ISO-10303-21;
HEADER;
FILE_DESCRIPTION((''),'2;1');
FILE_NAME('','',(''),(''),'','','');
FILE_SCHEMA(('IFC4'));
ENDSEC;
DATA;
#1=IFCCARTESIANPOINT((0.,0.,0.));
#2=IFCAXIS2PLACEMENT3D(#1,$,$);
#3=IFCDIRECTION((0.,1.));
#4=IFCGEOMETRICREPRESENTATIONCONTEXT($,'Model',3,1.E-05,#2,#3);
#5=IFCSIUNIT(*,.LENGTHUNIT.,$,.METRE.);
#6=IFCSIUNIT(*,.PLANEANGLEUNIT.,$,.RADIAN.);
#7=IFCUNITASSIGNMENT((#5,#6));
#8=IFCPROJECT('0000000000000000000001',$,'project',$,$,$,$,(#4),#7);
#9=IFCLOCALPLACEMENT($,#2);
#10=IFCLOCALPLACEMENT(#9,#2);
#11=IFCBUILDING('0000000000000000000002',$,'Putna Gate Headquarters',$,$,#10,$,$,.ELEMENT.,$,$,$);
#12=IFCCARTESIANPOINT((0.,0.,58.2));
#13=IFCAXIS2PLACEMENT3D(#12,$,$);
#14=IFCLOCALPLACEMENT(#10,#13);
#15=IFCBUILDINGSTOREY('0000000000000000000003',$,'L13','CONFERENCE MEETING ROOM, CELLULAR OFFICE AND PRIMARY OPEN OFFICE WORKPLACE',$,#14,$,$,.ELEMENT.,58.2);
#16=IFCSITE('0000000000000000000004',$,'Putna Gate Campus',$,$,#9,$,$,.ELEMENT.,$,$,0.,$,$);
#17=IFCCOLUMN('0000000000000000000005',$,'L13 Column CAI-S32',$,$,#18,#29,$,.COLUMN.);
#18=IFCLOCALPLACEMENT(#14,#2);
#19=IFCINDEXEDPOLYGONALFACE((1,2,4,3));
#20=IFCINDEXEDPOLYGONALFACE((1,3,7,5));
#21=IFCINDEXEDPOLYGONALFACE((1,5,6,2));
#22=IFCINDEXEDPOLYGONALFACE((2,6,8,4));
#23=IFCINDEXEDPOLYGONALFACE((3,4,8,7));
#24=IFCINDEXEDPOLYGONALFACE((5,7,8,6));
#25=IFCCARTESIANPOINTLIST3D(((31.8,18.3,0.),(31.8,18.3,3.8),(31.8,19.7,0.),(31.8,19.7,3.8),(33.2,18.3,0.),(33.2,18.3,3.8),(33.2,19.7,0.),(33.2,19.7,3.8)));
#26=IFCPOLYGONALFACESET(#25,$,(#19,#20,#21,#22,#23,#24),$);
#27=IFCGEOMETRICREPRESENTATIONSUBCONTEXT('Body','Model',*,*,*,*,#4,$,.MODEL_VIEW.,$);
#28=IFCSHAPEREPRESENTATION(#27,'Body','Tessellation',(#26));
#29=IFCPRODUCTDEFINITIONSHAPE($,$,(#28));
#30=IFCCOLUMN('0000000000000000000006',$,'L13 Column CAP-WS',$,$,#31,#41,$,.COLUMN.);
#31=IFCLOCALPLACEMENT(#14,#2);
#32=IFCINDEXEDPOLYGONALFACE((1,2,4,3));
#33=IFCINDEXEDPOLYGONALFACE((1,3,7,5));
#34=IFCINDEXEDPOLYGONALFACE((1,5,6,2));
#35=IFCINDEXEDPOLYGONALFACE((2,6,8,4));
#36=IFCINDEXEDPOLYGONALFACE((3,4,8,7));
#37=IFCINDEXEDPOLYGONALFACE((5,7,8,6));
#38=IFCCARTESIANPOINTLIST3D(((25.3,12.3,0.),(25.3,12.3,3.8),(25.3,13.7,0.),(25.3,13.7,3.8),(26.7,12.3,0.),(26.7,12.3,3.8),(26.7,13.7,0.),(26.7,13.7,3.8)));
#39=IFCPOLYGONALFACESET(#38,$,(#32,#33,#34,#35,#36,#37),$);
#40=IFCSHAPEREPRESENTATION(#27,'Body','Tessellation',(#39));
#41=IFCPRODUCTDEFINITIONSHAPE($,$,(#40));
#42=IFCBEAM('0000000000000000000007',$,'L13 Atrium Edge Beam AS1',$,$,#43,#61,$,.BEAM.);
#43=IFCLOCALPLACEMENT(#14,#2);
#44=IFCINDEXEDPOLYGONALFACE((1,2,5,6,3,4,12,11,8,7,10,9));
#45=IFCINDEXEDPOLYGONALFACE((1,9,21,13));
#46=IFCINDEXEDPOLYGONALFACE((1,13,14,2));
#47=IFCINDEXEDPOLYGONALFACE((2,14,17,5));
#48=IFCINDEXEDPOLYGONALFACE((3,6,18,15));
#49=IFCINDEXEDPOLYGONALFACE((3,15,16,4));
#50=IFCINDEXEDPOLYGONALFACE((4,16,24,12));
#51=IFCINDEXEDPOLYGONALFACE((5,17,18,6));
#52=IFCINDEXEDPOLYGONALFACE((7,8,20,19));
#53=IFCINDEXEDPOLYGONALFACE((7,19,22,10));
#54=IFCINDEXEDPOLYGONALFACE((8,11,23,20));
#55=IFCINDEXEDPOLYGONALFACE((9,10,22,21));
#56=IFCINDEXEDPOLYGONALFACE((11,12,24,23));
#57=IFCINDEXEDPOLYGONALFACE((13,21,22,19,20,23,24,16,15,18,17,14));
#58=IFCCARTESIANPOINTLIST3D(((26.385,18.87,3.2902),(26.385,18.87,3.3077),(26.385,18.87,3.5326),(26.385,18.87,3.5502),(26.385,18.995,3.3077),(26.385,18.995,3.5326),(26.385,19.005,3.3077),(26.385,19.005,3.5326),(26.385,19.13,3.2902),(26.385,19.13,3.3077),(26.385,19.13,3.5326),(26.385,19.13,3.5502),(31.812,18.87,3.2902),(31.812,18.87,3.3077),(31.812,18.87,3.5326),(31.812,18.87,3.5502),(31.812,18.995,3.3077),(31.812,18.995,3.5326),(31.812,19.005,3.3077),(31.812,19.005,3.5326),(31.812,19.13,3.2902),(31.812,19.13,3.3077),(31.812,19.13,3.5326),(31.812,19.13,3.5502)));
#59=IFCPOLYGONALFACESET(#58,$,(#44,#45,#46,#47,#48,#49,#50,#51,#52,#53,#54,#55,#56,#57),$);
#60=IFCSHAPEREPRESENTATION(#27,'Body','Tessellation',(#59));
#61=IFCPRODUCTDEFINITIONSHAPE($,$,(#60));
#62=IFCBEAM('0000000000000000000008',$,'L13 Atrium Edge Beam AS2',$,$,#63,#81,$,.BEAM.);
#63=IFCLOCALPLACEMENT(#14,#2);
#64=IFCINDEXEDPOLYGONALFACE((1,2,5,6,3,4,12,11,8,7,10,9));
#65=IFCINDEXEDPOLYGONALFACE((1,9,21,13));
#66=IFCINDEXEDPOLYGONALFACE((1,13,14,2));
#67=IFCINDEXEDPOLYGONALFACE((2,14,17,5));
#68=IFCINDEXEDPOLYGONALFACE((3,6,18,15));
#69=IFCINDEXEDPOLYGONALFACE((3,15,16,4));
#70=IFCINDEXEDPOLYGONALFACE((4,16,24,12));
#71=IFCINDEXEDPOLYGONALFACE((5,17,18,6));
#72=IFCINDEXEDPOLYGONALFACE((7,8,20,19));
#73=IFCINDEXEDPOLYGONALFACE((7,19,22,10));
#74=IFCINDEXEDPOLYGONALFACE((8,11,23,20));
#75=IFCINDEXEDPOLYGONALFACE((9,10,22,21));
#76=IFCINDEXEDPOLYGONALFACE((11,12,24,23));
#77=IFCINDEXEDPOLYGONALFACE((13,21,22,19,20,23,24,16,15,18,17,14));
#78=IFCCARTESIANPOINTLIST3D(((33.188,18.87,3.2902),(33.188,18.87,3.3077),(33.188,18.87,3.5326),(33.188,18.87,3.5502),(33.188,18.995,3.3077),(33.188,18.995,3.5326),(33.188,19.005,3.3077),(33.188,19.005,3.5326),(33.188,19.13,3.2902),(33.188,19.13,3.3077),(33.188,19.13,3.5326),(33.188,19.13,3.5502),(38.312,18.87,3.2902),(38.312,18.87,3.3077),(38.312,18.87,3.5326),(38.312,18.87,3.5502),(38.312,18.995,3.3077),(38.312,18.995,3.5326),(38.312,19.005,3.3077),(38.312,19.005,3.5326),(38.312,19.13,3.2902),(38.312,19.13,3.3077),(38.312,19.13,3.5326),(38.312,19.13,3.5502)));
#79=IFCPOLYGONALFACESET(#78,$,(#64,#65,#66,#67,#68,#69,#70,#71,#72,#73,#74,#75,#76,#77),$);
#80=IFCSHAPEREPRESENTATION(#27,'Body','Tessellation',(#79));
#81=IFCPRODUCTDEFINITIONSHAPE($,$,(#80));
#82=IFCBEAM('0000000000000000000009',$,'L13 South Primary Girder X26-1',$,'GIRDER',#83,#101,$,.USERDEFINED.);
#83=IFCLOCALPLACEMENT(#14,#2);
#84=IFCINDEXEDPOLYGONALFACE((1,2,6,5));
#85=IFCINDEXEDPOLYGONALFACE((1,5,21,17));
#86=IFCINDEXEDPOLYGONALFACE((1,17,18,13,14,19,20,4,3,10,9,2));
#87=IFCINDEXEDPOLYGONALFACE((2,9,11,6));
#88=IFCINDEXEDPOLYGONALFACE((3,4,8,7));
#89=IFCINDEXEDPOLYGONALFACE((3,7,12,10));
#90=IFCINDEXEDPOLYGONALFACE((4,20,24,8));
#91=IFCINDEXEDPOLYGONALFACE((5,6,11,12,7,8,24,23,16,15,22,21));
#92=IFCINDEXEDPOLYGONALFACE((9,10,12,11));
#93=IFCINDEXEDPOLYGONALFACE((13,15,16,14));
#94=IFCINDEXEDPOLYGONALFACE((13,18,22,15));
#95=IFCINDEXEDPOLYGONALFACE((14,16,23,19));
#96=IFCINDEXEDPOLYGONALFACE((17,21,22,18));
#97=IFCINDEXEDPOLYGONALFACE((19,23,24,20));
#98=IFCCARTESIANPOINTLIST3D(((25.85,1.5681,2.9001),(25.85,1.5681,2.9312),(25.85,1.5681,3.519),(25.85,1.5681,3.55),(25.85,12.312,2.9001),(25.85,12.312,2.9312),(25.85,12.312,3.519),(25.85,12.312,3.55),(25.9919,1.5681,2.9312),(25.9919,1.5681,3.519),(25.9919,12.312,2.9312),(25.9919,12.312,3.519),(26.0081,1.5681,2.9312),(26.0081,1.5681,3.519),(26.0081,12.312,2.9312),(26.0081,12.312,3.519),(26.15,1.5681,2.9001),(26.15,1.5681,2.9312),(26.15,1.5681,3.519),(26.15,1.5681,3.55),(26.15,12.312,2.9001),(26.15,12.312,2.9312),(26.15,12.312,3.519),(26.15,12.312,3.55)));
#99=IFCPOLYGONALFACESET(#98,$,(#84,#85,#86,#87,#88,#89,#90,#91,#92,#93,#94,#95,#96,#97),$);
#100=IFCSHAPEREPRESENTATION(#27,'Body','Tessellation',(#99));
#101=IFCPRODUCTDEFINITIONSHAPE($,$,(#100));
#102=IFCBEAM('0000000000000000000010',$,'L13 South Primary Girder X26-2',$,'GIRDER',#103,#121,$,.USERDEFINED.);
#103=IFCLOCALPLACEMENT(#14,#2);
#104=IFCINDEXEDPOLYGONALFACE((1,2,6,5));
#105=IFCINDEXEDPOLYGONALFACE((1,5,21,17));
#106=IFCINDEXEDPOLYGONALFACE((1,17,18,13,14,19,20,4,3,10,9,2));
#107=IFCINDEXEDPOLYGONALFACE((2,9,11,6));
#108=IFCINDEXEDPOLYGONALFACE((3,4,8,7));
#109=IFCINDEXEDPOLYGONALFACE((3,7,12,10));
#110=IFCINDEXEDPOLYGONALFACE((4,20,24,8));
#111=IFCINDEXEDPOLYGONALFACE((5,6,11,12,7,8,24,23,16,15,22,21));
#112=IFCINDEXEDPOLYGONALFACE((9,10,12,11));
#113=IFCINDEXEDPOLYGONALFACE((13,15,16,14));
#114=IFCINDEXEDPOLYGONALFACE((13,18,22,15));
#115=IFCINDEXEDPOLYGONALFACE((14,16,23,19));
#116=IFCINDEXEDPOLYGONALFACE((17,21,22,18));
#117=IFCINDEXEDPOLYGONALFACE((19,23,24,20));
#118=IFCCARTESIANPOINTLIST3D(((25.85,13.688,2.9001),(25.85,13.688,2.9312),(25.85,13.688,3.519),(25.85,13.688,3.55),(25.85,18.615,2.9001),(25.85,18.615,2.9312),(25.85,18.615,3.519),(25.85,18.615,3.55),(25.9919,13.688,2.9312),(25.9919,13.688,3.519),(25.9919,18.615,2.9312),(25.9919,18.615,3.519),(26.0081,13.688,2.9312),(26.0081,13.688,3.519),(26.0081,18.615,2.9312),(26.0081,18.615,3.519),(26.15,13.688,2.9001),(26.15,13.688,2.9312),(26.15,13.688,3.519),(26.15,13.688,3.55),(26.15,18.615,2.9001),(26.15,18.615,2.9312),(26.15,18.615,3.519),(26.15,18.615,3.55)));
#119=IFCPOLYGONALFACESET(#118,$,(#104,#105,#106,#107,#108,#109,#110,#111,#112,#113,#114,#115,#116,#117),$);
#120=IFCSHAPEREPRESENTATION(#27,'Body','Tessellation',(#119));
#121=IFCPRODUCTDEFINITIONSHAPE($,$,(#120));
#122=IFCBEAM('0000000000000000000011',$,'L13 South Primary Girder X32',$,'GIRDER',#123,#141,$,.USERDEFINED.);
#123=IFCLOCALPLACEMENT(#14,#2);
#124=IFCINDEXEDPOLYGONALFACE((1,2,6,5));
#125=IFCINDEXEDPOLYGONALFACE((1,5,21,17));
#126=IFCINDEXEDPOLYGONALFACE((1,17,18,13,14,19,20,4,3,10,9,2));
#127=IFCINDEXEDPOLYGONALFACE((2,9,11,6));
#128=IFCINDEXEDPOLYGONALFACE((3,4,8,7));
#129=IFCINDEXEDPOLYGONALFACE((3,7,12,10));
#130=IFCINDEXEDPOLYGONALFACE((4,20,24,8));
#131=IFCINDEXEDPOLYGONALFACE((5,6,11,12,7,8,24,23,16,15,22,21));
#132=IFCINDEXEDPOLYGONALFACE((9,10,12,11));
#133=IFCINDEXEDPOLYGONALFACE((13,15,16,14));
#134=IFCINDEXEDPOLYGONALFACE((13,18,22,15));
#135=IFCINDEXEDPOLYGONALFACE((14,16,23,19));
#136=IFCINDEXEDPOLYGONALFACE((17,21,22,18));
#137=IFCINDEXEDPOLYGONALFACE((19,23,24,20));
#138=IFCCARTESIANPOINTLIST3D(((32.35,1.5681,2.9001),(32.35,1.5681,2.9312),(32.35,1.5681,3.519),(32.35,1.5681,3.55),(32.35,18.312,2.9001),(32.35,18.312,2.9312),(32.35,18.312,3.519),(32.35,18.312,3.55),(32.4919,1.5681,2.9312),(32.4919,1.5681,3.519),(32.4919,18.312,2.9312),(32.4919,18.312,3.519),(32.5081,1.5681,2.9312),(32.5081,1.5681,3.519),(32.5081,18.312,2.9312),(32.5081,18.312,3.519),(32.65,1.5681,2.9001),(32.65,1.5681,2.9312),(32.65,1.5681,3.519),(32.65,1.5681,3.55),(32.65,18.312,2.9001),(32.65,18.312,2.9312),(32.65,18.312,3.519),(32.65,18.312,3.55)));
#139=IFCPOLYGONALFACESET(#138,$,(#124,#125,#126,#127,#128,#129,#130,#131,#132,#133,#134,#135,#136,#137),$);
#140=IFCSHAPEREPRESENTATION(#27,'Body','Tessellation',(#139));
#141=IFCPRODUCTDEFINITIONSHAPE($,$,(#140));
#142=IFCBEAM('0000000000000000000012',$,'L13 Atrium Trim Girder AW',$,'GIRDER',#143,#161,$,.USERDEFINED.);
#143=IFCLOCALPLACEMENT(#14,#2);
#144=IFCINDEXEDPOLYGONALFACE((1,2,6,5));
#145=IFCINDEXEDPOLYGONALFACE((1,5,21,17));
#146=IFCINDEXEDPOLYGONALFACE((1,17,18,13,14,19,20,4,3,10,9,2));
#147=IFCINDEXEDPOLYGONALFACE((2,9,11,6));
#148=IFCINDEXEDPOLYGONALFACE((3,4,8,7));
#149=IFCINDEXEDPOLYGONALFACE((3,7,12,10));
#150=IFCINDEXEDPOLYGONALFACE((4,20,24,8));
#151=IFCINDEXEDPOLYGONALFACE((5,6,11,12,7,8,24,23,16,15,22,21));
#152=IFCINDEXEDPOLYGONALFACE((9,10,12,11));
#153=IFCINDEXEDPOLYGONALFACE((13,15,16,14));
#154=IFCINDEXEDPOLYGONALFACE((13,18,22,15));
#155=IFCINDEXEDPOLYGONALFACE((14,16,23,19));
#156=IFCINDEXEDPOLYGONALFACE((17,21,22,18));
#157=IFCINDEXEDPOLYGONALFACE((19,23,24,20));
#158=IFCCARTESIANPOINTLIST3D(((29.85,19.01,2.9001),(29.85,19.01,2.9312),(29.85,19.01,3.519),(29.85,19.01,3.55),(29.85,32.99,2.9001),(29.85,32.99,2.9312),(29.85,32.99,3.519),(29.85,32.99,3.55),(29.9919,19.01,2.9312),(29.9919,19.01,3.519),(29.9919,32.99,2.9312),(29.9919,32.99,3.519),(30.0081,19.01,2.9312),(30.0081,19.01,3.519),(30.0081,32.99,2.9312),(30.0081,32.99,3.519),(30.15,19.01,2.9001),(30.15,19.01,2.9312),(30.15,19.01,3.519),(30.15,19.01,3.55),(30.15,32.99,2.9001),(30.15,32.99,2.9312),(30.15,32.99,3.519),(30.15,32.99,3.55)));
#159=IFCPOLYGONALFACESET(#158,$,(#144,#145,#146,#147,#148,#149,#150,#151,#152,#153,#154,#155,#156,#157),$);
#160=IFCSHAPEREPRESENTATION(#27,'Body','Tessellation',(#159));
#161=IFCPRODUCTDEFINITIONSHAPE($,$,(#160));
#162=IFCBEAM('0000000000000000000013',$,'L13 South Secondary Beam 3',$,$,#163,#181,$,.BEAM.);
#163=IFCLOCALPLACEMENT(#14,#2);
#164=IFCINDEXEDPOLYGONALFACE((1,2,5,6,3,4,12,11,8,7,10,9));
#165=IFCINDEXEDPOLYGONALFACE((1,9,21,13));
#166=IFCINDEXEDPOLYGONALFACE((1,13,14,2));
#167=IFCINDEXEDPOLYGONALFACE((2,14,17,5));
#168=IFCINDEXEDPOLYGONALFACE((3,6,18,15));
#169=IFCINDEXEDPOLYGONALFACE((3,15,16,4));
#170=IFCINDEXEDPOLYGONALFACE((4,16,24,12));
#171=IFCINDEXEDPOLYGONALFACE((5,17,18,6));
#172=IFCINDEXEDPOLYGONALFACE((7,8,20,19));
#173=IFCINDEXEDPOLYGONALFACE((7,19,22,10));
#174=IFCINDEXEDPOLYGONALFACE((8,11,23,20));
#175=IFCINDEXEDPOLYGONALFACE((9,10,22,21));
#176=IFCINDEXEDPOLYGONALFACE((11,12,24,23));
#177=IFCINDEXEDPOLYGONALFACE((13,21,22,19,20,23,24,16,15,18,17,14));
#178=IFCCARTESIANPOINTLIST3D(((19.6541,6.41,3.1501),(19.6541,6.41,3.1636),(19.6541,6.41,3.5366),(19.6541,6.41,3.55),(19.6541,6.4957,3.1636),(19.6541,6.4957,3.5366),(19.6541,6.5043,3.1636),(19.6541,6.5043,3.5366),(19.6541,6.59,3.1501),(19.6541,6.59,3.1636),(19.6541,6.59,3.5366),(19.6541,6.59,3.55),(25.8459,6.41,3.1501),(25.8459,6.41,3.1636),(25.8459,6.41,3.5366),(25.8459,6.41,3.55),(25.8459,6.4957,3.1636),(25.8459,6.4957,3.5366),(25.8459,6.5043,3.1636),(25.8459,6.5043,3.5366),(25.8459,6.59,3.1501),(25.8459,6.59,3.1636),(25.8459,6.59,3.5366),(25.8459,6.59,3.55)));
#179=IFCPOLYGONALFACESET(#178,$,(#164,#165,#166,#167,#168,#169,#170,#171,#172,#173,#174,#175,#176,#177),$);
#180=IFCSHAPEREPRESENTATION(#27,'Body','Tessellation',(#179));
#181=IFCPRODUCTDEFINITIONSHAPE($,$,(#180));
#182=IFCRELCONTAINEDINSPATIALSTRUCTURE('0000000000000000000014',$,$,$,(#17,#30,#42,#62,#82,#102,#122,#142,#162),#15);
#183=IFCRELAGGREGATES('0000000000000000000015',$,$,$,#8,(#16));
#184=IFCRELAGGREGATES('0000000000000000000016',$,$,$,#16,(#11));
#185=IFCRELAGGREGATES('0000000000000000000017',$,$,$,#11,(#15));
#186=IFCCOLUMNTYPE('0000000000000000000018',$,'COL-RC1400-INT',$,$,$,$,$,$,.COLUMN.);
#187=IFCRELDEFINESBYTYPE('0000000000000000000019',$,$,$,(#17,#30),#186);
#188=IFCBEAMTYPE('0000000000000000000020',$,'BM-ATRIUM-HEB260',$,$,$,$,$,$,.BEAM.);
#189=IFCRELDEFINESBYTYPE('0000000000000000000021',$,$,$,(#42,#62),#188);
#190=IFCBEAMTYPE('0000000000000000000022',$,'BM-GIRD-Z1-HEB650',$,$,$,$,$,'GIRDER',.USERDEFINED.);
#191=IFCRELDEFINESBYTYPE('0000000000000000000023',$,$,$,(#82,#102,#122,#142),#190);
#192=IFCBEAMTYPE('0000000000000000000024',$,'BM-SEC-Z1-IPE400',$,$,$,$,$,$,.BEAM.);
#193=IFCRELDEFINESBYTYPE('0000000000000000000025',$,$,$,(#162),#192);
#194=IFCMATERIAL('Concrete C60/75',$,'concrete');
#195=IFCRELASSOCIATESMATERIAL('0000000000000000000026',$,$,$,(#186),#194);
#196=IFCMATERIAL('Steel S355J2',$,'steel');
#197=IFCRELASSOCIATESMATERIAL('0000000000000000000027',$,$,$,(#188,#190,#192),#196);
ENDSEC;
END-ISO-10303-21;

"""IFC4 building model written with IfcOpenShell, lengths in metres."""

from ifc_helpers import new_model, si_unit, direction, frame, origin, origin_2d, place, context, subcontext, project, spatial, rectangle, i_section, extrude, material, material_profile, profile_set, type_object, element, save


model = new_model("IFC4")

# Units and contexts
model_context = context("Model", 3, precision=1e-05, world=origin(), true_north=direction((0.0, 1.0)))
body_context = subcontext(model_context, "Body", "Model", "MODEL_VIEW")
ifc_project = project(units=[si_unit("LENGTHUNIT", "METRE"), si_unit("PLANEANGLEUNIT", "RADIAN")], contexts=[model_context])

# Site, building, storey
site_placement = place(None, origin())
site = spatial("IfcSite", under=ifc_project, at=site_placement, Name="Putna Gate Campus", CompositionType="ELEMENT", RefElevation=0.0)
building_placement = place(site_placement, origin())
building = spatial("IfcBuilding", under=site, at=building_placement, Name="Putna Gate Headquarters", CompositionType="ELEMENT")
storey_placement = place(building_placement, frame((0.0, 0.0, 58.2)))
storey = spatial("IfcBuildingStorey", under=building, at=storey_placement, Name="L13", Description="CONFERENCE MEETING ROOM, CELLULAR OFFICE AND PRIMARY OPEN OFFICE WORKPLACE", CompositionType="ELEMENT", Elevation=58.2)

# Columns
ifc_material_1 = material(Name="Concrete C60/75", Category="concrete")
ifc_material_profile_1 = material_profile(ifc_material_1, rectangle(XDim=1.3999, YDim=1.3999, at=origin_2d()), Name="Concrete C60/75")
ifc_profile_set_1 = profile_set([ifc_material_profile_1], Name="Concrete C60/75")
column_type = type_object("IfcColumnType", Name="COL-RC1400-INT", PredefinedType="COLUMN", material=ifc_profile_set_1)
for number, where, z_axis, x_axis, name in (
    (1, (32.5, 19.0, 0.0), (0.0, 0.0, 1.0), (1.0, 0.0, 0.0), "L13 Column CAI-S32"),
    (2, (26.0, 13.0, 0.0), (0.0, 0.0, 1.0), (1.0, 0.0, 0.0), "L13 Column CAP-WS"),
):
    element("IfcColumn", number, at=place(storey_placement, frame(where, z_axis=z_axis, x_axis=x_axis)), inside=storey, type_object=column_type, Name=name, PredefinedType="COLUMN", context=body_context, shape_type="SweptSolid", body=[
        extrude(rectangle(XDim=1.3999, YDim=1.3999, at=origin_2d()), origin(), (0.0, 0.0, 1.0), 3.8),
    ])

# Beams
ifc_material_2 = material(Name="Steel S355J2", Category="steel")
ifc_material_profile_2 = material_profile(ifc_material_2, i_section(OverallWidth=0.26, OverallDepth=0.26, WebThickness=0.01, FlangeThickness=0.0176, at=origin_2d()), Name="Steel S355J2")
ifc_profile_set_2 = profile_set([ifc_material_profile_2], Name="Steel S355J2")
beam_type_1 = type_object("IfcBeamType", Name="BM-ATRIUM-HEB260", PredefinedType="BEAM", material=ifc_profile_set_2)
beam_1_placement = place(storey_placement, frame((26.385, 19.0, 3.4202), z_axis=(1.0, 0.0, 0.0), x_axis=(0.0, 1.0, 0.0)))
element("IfcBeam", 3, at=beam_1_placement, inside=storey, type_object=beam_type_1, Name="L13 Atrium Edge Beam AS1", PredefinedType="BEAM", context=body_context, shape_type="SweptSolid", body=[
    extrude(i_section(OverallWidth=0.26, OverallDepth=0.26, WebThickness=0.01, FlangeThickness=0.0176, at=origin_2d()), origin(), (0.0, 0.0, 1.0), 5.427),
])
beam_2_placement = place(storey_placement, frame((33.188, 19.0, 3.4202), z_axis=(1.0, 0.0, 0.0), x_axis=(0.0, 1.0, 0.0)))
element("IfcBeam", 4, at=beam_2_placement, inside=storey, type_object=beam_type_1, Name="L13 Atrium Edge Beam AS2", PredefinedType="BEAM", context=body_context, shape_type="SweptSolid", body=[
    extrude(i_section(OverallWidth=0.26, OverallDepth=0.26, WebThickness=0.01, FlangeThickness=0.0176, at=origin_2d()), origin(), (0.0, 0.0, 1.0), 5.124),
])
ifc_material_profile_3 = material_profile(ifc_material_2, i_section(OverallWidth=0.3, OverallDepth=0.6499, WebThickness=0.0161, FlangeThickness=0.031, at=origin_2d()), Name="Steel S355J2")
ifc_profile_set_3 = profile_set([ifc_material_profile_3], Name="Steel S355J2")
beam_type_2 = type_object("IfcBeamType", Name="BM-GIRD-Z1-HEB650", ElementType="GIRDER", PredefinedType="USERDEFINED", material=ifc_profile_set_3)
beam_3_placement = place(storey_placement, frame((26.0, 1.5681, 3.2251), z_axis=(0.0, 1.0, 0.0), x_axis=(-1.0, 0.0, 0.0)))
element("IfcBeam", 5, at=beam_3_placement, inside=storey, type_object=beam_type_2, Name="L13 South Primary Girder X26-1", ObjectType="GIRDER", PredefinedType="USERDEFINED", context=body_context, shape_type="SweptSolid", body=[
    extrude(i_section(OverallWidth=0.3, OverallDepth=0.6499, WebThickness=0.0161, FlangeThickness=0.031, at=origin_2d()), origin(), (0.0, 0.0, 1.0), 10.7439),
])
beam_4_placement = place(storey_placement, frame((26.0, 13.688, 3.2251), z_axis=(0.0, 1.0, 0.0), x_axis=(-1.0, 0.0, 0.0)))
element("IfcBeam", 6, at=beam_4_placement, inside=storey, type_object=beam_type_2, Name="L13 South Primary Girder X26-2", ObjectType="GIRDER", PredefinedType="USERDEFINED", context=body_context, shape_type="SweptSolid", body=[
    extrude(i_section(OverallWidth=0.3, OverallDepth=0.6499, WebThickness=0.0161, FlangeThickness=0.031, at=origin_2d()), origin(), (0.0, 0.0, 1.0), 4.927),
])
beam_5_placement = place(storey_placement, frame((32.5, 1.5681, 3.2251), z_axis=(0.0, 1.0, 0.0), x_axis=(-1.0, 0.0, 0.0)))
element("IfcBeam", 7, at=beam_5_placement, inside=storey, type_object=beam_type_2, Name="L13 South Primary Girder X32", ObjectType="GIRDER", PredefinedType="USERDEFINED", context=body_context, shape_type="SweptSolid", body=[
    extrude(i_section(OverallWidth=0.3, OverallDepth=0.6499, WebThickness=0.0161, FlangeThickness=0.031, at=origin_2d()), origin(), (0.0, 0.0, 1.0), 16.7439),
])
beam_6_placement = place(storey_placement, frame((30.0, 19.01, 3.2251), z_axis=(0.0, 1.0, 0.0), x_axis=(-1.0, 0.0, 0.0)))
element("IfcBeam", 8, at=beam_6_placement, inside=storey, type_object=beam_type_2, Name="L13 Atrium Trim Girder AW", ObjectType="GIRDER", PredefinedType="USERDEFINED", context=body_context, shape_type="SweptSolid", body=[
    extrude(i_section(OverallWidth=0.3, OverallDepth=0.6499, WebThickness=0.0161, FlangeThickness=0.031, at=origin_2d()), origin(), (0.0, 0.0, 1.0), 13.98),
])
ifc_material_profile_4 = material_profile(ifc_material_2, i_section(OverallWidth=0.1799, OverallDepth=0.3999, WebThickness=0.0085, FlangeThickness=0.0134, at=origin_2d()), Name="Steel S355J2")
ifc_profile_set_4 = profile_set([ifc_material_profile_4], Name="Steel S355J2")
beam_type_3 = type_object("IfcBeamType", Name="BM-SEC-Z1-IPE400", PredefinedType="BEAM", material=ifc_profile_set_4)
beam_7_placement = place(storey_placement, frame((19.6541, 6.5, 3.3501), z_axis=(1.0, 0.0, 0.0), x_axis=(0.0, 1.0, 0.0)))
element("IfcBeam", 9, at=beam_7_placement, inside=storey, type_object=beam_type_3, Name="L13 South Secondary Beam 3", PredefinedType="BEAM", context=body_context, shape_type="SweptSolid", body=[
    extrude(i_section(OverallWidth=0.1799, OverallDepth=0.3999, WebThickness=0.0085, FlangeThickness=0.0134, at=origin_2d()), origin(), (0.0, 0.0, 1.0), 6.1919),
])

save(model, "model.ifc")
